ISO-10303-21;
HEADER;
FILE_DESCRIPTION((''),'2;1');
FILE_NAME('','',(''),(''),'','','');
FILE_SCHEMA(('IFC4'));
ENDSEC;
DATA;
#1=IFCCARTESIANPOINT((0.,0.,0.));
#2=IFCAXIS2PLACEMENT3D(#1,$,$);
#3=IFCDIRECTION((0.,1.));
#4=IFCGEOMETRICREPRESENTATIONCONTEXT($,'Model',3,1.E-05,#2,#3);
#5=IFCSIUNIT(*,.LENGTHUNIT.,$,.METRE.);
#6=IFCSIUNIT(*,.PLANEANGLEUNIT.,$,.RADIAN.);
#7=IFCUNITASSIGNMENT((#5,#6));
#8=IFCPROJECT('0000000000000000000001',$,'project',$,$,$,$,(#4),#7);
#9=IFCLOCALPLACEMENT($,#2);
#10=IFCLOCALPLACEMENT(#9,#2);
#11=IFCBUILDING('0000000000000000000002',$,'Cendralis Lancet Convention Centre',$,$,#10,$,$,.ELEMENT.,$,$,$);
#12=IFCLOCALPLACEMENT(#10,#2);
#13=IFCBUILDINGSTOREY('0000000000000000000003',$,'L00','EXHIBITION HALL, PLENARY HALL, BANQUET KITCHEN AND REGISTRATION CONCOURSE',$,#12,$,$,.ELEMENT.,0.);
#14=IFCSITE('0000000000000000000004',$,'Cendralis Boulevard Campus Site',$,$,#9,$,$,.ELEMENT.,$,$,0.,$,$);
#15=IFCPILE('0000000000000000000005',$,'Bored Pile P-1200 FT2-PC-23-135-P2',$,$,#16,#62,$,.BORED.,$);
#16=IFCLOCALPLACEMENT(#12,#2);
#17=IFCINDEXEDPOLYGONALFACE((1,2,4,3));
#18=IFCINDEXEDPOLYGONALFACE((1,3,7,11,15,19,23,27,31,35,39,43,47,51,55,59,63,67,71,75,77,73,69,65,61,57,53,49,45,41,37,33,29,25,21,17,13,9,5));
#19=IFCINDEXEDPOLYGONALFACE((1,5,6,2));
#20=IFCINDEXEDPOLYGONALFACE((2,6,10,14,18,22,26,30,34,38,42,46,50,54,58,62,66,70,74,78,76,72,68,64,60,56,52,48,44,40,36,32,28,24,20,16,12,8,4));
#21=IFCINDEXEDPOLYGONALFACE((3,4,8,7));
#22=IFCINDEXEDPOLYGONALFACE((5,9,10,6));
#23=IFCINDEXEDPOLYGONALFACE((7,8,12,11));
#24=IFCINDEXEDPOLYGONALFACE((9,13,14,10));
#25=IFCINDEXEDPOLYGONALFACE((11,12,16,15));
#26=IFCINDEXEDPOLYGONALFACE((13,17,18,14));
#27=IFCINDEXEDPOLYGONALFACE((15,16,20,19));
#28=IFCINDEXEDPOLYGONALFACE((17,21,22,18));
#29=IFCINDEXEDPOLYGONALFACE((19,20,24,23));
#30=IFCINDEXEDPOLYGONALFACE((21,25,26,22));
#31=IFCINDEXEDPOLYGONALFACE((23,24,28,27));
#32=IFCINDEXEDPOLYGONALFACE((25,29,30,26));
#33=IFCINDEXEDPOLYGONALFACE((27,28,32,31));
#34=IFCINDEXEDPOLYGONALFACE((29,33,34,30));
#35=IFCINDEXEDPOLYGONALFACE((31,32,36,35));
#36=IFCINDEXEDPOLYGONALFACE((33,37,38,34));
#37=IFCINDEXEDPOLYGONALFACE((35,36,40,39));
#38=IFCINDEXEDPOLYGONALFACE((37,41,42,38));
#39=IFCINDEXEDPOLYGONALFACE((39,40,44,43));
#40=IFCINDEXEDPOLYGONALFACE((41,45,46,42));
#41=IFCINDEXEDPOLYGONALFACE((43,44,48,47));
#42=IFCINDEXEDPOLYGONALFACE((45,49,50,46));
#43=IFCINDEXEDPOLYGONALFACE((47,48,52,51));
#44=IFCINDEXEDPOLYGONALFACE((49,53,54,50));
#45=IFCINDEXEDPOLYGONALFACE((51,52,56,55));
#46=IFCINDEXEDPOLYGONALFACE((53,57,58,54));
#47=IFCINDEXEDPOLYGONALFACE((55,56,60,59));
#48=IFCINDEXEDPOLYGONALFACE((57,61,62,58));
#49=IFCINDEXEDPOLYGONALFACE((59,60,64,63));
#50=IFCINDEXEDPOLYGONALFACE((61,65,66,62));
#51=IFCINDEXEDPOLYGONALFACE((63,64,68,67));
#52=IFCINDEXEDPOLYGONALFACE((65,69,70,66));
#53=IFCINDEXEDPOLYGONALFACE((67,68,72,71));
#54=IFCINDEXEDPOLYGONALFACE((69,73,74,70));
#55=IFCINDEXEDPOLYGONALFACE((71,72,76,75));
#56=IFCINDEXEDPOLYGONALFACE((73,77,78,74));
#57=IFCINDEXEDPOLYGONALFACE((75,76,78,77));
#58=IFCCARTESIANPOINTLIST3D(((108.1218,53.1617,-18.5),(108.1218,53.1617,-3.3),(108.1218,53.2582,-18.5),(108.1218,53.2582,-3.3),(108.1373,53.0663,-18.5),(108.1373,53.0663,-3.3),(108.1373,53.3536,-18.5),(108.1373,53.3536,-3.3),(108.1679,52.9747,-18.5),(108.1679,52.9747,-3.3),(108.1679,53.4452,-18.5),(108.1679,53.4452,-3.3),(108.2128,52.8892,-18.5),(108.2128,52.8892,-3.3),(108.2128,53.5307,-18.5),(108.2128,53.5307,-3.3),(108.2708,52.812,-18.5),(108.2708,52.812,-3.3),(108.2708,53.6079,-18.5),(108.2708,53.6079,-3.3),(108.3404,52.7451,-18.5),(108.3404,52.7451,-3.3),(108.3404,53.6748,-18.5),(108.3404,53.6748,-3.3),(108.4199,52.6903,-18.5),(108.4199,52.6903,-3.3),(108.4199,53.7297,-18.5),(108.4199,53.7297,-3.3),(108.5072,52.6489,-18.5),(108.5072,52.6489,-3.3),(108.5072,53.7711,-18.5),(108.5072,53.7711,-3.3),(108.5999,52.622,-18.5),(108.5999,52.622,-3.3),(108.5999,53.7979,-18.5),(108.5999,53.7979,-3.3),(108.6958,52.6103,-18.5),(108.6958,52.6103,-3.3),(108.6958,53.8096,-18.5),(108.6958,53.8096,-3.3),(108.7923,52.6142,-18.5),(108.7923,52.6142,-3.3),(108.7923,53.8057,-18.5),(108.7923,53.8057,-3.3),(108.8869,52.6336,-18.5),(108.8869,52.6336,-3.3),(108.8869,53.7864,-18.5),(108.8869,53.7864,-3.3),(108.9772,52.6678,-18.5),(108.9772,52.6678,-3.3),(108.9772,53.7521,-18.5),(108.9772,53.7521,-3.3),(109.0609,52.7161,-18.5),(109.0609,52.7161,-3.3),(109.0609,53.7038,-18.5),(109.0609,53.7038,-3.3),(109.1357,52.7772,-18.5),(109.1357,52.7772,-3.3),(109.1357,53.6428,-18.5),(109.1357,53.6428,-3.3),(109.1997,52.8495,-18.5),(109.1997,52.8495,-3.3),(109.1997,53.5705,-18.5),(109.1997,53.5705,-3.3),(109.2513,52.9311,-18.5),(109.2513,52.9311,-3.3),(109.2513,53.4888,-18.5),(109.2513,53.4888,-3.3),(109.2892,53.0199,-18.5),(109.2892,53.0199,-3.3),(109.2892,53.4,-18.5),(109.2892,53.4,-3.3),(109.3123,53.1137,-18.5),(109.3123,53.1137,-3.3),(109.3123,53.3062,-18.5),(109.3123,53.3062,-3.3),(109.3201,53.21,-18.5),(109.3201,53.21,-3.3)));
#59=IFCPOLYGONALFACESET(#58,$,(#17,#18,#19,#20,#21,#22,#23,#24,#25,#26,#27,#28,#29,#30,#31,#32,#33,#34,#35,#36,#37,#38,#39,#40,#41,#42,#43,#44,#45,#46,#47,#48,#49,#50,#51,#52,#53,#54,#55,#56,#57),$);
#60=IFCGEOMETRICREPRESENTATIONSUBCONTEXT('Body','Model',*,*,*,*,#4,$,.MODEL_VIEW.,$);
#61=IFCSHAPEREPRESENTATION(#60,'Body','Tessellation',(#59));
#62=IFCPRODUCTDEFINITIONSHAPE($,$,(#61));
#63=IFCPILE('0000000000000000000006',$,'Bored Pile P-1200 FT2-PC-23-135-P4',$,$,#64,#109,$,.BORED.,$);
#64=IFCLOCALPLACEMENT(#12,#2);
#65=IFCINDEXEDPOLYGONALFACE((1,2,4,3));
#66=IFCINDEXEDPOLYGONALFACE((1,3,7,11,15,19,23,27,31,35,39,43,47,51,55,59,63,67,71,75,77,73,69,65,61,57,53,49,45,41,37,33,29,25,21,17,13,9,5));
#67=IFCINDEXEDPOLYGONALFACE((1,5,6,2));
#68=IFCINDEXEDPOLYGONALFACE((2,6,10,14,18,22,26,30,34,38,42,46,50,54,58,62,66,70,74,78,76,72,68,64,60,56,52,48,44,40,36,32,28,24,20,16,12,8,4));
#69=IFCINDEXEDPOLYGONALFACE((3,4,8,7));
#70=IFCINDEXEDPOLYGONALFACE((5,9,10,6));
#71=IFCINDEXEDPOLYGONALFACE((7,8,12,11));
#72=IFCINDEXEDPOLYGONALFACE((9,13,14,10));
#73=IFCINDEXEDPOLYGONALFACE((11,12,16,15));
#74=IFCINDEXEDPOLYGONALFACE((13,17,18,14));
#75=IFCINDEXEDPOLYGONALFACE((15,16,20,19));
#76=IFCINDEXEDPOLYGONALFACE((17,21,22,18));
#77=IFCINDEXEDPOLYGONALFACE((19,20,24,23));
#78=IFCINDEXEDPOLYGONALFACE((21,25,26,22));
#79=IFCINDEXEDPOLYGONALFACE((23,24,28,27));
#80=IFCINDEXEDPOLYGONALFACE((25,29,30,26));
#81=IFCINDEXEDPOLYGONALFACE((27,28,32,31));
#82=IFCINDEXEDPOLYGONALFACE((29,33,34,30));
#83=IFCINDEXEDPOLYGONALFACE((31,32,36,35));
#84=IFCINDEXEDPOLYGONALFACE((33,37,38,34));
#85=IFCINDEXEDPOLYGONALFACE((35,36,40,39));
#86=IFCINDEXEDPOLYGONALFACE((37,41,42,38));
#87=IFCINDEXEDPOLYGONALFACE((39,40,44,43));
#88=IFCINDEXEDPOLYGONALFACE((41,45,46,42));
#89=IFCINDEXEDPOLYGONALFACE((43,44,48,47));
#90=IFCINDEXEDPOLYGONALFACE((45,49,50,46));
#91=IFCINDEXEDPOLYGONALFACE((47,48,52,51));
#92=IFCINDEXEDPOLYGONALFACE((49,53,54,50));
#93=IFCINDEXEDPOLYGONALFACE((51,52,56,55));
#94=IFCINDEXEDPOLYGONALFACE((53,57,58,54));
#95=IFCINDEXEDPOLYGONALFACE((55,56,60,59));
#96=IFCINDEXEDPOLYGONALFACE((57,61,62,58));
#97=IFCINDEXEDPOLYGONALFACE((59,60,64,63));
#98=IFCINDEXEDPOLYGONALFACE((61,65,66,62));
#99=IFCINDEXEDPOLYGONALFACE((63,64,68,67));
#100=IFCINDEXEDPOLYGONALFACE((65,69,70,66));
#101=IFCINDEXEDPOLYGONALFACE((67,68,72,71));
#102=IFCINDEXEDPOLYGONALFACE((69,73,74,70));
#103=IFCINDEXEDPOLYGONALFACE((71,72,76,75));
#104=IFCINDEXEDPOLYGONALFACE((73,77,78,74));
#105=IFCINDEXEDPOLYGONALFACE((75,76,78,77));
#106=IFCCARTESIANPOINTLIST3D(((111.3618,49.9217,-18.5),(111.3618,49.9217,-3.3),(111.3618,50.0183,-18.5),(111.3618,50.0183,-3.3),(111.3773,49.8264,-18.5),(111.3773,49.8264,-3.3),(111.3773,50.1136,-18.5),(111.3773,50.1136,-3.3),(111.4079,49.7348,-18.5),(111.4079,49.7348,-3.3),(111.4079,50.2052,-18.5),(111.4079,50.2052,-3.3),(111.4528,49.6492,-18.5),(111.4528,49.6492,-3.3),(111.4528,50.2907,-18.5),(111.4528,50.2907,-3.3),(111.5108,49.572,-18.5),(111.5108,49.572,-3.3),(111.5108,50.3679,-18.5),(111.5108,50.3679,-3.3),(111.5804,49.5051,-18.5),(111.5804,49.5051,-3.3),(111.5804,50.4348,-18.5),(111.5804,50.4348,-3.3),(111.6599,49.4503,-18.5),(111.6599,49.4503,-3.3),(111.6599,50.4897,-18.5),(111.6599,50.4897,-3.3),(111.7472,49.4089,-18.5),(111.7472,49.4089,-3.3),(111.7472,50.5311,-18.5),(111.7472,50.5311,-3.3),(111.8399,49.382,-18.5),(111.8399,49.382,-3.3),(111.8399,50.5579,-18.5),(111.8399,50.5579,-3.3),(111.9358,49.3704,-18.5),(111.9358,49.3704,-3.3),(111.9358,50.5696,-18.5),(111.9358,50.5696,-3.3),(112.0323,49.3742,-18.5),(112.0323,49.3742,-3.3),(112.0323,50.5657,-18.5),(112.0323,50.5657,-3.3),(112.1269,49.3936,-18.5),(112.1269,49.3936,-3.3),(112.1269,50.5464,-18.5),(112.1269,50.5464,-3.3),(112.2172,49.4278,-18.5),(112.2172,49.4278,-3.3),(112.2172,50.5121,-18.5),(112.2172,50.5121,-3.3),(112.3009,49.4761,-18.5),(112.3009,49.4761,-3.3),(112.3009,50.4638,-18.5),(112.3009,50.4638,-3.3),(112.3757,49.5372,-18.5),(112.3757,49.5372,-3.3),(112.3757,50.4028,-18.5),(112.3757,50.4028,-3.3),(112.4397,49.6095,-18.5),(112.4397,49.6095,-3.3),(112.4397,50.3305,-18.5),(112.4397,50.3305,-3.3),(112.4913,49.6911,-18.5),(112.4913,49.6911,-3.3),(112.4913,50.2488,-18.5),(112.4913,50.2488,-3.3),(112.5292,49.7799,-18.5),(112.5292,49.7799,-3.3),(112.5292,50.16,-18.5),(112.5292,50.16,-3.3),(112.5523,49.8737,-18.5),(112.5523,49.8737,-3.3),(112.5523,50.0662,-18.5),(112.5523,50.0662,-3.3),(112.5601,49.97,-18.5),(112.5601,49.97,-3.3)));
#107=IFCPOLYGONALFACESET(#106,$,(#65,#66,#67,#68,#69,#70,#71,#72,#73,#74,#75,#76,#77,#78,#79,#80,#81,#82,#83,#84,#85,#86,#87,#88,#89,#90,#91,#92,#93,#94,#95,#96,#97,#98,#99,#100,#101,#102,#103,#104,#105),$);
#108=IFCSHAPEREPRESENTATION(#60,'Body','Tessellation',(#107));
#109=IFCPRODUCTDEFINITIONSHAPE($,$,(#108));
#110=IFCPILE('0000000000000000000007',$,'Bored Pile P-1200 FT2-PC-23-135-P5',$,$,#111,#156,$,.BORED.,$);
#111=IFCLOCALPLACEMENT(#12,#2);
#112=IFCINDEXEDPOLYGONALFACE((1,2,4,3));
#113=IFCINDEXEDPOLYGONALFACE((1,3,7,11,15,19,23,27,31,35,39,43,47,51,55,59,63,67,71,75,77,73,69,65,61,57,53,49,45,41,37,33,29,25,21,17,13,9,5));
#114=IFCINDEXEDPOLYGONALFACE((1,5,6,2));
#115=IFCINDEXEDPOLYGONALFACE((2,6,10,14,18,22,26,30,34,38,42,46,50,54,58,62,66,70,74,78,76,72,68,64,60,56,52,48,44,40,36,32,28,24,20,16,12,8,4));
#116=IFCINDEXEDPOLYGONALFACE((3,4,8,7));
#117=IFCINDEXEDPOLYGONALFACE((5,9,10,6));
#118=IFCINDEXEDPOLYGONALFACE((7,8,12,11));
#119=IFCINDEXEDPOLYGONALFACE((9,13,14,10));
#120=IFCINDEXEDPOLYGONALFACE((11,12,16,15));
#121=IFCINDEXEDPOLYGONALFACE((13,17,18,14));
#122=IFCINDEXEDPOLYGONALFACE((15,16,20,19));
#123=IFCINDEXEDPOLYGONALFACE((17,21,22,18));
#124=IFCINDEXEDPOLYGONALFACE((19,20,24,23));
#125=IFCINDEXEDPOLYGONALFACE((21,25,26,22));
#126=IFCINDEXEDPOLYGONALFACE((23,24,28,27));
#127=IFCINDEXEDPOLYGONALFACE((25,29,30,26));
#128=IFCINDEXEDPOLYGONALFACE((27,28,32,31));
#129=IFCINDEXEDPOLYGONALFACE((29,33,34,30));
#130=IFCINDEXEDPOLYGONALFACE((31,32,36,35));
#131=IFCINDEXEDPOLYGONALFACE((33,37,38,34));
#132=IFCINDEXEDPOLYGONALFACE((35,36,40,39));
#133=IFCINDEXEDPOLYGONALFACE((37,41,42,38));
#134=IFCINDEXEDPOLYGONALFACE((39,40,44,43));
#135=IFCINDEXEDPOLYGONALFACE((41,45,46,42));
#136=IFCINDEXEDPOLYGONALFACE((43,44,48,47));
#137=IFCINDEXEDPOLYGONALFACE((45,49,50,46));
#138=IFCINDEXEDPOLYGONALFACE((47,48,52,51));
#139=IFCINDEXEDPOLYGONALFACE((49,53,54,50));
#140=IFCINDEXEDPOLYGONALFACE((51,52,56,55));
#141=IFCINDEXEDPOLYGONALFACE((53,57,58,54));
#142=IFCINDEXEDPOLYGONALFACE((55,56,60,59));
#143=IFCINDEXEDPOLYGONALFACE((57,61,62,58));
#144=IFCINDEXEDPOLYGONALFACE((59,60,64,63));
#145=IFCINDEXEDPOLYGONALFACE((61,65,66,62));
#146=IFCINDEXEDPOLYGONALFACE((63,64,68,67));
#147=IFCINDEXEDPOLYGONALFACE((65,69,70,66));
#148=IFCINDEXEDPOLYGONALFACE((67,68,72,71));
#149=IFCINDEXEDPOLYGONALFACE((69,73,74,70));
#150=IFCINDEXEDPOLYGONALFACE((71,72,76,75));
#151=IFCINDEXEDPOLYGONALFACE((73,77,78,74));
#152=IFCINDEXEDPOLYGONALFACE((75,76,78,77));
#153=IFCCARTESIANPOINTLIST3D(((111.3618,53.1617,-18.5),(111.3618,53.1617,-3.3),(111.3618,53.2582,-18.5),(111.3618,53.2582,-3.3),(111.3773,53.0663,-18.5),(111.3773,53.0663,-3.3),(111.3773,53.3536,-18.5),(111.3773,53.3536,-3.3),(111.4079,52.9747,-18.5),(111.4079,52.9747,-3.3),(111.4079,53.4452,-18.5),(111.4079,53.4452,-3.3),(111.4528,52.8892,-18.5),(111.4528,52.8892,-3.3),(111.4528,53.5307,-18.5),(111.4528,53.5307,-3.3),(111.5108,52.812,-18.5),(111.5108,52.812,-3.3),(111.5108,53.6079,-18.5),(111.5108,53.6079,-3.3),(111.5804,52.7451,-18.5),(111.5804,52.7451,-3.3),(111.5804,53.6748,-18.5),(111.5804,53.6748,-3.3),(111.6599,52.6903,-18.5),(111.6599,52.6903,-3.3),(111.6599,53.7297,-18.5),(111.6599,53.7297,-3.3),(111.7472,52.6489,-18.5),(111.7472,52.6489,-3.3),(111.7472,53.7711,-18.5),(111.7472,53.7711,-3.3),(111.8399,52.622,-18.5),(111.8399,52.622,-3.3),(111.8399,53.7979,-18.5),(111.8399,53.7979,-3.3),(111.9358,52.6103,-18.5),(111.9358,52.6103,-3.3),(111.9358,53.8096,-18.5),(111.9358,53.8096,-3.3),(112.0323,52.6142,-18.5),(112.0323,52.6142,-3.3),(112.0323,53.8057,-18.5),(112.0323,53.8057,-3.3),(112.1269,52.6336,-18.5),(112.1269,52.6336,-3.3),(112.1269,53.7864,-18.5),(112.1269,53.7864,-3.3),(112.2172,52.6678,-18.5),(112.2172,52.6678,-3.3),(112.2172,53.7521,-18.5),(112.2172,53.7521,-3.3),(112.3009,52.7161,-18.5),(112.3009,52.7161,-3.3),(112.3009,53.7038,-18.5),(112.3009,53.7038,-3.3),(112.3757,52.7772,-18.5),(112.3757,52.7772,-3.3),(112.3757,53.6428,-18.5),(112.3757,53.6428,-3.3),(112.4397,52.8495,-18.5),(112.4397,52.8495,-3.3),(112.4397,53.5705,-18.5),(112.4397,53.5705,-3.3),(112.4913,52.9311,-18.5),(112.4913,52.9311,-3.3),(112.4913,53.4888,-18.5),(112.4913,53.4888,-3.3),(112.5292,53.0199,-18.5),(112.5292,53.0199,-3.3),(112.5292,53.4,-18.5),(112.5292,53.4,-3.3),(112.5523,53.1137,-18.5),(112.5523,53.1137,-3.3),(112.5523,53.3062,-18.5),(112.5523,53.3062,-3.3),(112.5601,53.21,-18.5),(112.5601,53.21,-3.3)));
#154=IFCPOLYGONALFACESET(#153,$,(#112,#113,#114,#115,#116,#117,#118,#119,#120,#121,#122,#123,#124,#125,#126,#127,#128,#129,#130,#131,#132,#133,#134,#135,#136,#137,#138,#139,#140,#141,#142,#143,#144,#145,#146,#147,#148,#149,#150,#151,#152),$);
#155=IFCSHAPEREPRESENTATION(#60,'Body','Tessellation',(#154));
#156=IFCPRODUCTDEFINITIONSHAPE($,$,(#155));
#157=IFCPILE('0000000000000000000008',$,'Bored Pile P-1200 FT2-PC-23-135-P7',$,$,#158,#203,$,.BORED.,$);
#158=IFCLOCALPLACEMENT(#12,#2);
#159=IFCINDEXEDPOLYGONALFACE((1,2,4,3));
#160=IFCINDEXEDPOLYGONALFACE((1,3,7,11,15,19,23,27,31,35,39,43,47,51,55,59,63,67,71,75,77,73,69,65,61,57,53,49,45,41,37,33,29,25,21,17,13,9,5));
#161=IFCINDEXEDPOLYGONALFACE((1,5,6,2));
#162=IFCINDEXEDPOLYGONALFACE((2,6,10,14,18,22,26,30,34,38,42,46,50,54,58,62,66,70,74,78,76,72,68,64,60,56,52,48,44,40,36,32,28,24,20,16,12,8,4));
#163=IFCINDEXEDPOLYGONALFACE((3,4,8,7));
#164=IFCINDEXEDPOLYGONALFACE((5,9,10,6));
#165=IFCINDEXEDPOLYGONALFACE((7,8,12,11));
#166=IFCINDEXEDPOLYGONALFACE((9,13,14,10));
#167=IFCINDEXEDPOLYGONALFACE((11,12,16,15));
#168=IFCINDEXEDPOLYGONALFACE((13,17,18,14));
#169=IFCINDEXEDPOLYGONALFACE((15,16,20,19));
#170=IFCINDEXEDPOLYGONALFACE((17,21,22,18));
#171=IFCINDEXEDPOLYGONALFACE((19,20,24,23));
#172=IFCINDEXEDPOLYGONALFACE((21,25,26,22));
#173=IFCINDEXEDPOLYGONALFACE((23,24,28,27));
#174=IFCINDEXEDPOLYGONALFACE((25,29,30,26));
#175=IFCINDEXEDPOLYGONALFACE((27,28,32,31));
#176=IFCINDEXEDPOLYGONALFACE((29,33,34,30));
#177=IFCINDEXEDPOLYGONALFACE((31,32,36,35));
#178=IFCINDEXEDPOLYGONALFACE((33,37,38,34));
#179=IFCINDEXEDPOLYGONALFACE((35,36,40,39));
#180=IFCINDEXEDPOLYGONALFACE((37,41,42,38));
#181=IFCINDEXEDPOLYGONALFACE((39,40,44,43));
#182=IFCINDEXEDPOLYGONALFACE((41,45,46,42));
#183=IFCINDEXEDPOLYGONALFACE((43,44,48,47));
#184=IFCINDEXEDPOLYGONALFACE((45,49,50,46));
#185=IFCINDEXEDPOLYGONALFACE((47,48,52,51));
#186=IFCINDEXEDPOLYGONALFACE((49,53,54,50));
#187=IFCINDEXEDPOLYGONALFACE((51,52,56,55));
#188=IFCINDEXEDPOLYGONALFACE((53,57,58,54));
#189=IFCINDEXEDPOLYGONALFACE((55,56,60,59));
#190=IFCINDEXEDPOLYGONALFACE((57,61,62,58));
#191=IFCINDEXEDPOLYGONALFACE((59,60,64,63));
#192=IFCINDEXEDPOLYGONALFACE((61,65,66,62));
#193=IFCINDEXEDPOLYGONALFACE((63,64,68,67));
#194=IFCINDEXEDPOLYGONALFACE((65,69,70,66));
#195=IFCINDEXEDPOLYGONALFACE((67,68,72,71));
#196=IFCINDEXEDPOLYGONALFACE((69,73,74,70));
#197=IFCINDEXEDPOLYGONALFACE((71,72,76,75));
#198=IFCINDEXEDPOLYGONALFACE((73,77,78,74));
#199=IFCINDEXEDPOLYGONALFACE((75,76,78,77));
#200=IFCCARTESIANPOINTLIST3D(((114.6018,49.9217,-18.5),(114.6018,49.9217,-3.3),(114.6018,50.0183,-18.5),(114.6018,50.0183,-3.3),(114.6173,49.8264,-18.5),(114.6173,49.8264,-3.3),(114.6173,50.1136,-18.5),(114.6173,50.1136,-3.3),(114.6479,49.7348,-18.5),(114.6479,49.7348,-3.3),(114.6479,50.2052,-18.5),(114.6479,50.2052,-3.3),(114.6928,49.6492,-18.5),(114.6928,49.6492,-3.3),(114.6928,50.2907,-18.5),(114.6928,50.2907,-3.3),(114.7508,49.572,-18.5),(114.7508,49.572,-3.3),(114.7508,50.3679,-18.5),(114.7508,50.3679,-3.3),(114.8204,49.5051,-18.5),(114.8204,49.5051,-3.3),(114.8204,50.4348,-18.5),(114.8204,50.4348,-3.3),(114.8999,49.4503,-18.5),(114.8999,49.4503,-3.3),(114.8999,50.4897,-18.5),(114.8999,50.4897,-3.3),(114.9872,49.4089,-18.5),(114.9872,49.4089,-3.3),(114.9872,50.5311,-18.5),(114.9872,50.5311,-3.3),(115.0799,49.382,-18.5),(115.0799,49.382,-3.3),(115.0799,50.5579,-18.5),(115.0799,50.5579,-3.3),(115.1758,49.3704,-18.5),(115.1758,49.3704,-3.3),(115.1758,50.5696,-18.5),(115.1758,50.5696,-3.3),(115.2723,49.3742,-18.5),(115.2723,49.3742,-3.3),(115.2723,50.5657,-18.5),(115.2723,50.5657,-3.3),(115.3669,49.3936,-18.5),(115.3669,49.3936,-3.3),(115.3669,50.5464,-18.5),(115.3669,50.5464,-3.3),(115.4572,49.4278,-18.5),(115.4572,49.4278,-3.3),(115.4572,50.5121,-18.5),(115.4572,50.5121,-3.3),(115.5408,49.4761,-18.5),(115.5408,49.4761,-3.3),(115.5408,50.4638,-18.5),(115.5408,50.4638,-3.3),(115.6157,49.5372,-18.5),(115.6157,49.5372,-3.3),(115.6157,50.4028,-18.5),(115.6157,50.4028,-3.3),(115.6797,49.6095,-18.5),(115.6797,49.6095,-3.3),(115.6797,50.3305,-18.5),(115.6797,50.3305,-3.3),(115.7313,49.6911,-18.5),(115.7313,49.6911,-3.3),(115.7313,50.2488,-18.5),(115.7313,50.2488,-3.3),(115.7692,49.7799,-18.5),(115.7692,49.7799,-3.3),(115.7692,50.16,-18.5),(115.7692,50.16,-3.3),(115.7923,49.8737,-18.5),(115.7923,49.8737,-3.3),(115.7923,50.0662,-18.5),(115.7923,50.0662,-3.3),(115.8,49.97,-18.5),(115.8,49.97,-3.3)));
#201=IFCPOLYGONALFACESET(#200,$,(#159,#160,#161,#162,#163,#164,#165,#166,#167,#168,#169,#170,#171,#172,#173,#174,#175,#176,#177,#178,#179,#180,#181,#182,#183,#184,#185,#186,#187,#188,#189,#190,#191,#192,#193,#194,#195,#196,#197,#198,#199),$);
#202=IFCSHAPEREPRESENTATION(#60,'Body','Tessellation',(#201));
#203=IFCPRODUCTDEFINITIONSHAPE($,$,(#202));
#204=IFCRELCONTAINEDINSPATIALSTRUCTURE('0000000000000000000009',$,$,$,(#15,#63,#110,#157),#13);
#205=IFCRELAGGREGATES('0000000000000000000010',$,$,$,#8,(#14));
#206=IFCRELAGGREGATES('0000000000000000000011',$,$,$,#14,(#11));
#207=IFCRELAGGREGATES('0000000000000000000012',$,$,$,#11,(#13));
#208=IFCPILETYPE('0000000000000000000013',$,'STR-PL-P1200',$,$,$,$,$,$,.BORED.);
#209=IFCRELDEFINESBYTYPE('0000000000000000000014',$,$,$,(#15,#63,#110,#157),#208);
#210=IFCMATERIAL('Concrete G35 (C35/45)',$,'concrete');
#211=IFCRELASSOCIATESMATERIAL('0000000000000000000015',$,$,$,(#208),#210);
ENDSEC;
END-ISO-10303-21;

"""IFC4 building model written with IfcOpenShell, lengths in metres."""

from ifc_helpers import new_model, si_unit, direction, frame, origin, origin_2d, place, context, subcontext, project, spatial, circle, extrude, material, material_profile, profile_set, type_object, element, save


model = new_model("IFC4")

# Units and contexts
model_context = context("Model", 3, precision=1e-05, world=origin(), true_north=direction((0.0, 1.0)))
body_context = subcontext(model_context, "Body", "Model", "MODEL_VIEW")
ifc_project = project(units=[si_unit("LENGTHUNIT", "METRE"), si_unit("PLANEANGLEUNIT", "RADIAN")], contexts=[model_context])

# Site, building, storey
site_placement = place(None, origin())
site = spatial("IfcSite", under=ifc_project, at=site_placement, Name="Cendralis Boulevard Campus Site", CompositionType="ELEMENT", RefElevation=0.0)
building_placement = place(site_placement, origin())
building = spatial("IfcBuilding", under=site, at=building_placement, Name="Cendralis Lancet Convention Centre", CompositionType="ELEMENT")
storey_placement = place(building_placement, origin())
storey = spatial("IfcBuildingStorey", under=building, at=storey_placement, Name="L00", Description="EXHIBITION HALL, PLENARY HALL, BANQUET KITCHEN AND REGISTRATION CONCOURSE", CompositionType="ELEMENT", Elevation=0.0)

# Shared definitions
ifc_material_1 = material(Name="Concrete G35 (C35/45)", Category="concrete")

# Piles
ifc_material_profile_1 = material_profile(ifc_material_1, circle(Radius=0.6001, at=origin_2d()), Name="BORED PILE D1200")
ifc_profile_set_1 = profile_set([ifc_material_profile_1], Name="Concrete G35 (C35/45)")
pile_type_1 = type_object("IfcPileType", Name="STR-PL-P1200", PredefinedType="BORED", material=ifc_profile_set_1)
for number, where, z_axis, x_axis, name in (
    (1, (108.72, 53.21, -3.3), (0.0, 0.0, -1.0), (1.0, 0.0, 0.0), "Bored Pile P-1200 FT2-PC-23-135-P2"),
    (2, (111.96, 49.97, -3.3), (0.0, 0.0, -1.0), (1.0, 0.0, 0.0), "Bored Pile P-1200 FT2-PC-23-135-P4"),
    (3, (111.96, 53.21, -3.3), (0.0, 0.0, -1.0), (1.0, 0.0, 0.0), "Bored Pile P-1200 FT2-PC-23-135-P5"),
    (4, (115.2, 49.97, -3.3), (0.0, 0.0, -1.0), (1.0, 0.0, 0.0), "Bored Pile P-1200 FT2-PC-23-135-P7"),
):
    element("IfcPile", number, at=place(storey_placement, frame(where, z_axis=z_axis, x_axis=x_axis)), inside=storey, type_object=pile_type_1, Name=name, PredefinedType="BORED", context=body_context, shape_type="SweptSolid", body=[
        extrude(circle(Radius=0.6001, at=origin_2d()), origin(), (0.0, 0.0, 1.0), 15.2),
    ])

save(model, "model.ifc")
